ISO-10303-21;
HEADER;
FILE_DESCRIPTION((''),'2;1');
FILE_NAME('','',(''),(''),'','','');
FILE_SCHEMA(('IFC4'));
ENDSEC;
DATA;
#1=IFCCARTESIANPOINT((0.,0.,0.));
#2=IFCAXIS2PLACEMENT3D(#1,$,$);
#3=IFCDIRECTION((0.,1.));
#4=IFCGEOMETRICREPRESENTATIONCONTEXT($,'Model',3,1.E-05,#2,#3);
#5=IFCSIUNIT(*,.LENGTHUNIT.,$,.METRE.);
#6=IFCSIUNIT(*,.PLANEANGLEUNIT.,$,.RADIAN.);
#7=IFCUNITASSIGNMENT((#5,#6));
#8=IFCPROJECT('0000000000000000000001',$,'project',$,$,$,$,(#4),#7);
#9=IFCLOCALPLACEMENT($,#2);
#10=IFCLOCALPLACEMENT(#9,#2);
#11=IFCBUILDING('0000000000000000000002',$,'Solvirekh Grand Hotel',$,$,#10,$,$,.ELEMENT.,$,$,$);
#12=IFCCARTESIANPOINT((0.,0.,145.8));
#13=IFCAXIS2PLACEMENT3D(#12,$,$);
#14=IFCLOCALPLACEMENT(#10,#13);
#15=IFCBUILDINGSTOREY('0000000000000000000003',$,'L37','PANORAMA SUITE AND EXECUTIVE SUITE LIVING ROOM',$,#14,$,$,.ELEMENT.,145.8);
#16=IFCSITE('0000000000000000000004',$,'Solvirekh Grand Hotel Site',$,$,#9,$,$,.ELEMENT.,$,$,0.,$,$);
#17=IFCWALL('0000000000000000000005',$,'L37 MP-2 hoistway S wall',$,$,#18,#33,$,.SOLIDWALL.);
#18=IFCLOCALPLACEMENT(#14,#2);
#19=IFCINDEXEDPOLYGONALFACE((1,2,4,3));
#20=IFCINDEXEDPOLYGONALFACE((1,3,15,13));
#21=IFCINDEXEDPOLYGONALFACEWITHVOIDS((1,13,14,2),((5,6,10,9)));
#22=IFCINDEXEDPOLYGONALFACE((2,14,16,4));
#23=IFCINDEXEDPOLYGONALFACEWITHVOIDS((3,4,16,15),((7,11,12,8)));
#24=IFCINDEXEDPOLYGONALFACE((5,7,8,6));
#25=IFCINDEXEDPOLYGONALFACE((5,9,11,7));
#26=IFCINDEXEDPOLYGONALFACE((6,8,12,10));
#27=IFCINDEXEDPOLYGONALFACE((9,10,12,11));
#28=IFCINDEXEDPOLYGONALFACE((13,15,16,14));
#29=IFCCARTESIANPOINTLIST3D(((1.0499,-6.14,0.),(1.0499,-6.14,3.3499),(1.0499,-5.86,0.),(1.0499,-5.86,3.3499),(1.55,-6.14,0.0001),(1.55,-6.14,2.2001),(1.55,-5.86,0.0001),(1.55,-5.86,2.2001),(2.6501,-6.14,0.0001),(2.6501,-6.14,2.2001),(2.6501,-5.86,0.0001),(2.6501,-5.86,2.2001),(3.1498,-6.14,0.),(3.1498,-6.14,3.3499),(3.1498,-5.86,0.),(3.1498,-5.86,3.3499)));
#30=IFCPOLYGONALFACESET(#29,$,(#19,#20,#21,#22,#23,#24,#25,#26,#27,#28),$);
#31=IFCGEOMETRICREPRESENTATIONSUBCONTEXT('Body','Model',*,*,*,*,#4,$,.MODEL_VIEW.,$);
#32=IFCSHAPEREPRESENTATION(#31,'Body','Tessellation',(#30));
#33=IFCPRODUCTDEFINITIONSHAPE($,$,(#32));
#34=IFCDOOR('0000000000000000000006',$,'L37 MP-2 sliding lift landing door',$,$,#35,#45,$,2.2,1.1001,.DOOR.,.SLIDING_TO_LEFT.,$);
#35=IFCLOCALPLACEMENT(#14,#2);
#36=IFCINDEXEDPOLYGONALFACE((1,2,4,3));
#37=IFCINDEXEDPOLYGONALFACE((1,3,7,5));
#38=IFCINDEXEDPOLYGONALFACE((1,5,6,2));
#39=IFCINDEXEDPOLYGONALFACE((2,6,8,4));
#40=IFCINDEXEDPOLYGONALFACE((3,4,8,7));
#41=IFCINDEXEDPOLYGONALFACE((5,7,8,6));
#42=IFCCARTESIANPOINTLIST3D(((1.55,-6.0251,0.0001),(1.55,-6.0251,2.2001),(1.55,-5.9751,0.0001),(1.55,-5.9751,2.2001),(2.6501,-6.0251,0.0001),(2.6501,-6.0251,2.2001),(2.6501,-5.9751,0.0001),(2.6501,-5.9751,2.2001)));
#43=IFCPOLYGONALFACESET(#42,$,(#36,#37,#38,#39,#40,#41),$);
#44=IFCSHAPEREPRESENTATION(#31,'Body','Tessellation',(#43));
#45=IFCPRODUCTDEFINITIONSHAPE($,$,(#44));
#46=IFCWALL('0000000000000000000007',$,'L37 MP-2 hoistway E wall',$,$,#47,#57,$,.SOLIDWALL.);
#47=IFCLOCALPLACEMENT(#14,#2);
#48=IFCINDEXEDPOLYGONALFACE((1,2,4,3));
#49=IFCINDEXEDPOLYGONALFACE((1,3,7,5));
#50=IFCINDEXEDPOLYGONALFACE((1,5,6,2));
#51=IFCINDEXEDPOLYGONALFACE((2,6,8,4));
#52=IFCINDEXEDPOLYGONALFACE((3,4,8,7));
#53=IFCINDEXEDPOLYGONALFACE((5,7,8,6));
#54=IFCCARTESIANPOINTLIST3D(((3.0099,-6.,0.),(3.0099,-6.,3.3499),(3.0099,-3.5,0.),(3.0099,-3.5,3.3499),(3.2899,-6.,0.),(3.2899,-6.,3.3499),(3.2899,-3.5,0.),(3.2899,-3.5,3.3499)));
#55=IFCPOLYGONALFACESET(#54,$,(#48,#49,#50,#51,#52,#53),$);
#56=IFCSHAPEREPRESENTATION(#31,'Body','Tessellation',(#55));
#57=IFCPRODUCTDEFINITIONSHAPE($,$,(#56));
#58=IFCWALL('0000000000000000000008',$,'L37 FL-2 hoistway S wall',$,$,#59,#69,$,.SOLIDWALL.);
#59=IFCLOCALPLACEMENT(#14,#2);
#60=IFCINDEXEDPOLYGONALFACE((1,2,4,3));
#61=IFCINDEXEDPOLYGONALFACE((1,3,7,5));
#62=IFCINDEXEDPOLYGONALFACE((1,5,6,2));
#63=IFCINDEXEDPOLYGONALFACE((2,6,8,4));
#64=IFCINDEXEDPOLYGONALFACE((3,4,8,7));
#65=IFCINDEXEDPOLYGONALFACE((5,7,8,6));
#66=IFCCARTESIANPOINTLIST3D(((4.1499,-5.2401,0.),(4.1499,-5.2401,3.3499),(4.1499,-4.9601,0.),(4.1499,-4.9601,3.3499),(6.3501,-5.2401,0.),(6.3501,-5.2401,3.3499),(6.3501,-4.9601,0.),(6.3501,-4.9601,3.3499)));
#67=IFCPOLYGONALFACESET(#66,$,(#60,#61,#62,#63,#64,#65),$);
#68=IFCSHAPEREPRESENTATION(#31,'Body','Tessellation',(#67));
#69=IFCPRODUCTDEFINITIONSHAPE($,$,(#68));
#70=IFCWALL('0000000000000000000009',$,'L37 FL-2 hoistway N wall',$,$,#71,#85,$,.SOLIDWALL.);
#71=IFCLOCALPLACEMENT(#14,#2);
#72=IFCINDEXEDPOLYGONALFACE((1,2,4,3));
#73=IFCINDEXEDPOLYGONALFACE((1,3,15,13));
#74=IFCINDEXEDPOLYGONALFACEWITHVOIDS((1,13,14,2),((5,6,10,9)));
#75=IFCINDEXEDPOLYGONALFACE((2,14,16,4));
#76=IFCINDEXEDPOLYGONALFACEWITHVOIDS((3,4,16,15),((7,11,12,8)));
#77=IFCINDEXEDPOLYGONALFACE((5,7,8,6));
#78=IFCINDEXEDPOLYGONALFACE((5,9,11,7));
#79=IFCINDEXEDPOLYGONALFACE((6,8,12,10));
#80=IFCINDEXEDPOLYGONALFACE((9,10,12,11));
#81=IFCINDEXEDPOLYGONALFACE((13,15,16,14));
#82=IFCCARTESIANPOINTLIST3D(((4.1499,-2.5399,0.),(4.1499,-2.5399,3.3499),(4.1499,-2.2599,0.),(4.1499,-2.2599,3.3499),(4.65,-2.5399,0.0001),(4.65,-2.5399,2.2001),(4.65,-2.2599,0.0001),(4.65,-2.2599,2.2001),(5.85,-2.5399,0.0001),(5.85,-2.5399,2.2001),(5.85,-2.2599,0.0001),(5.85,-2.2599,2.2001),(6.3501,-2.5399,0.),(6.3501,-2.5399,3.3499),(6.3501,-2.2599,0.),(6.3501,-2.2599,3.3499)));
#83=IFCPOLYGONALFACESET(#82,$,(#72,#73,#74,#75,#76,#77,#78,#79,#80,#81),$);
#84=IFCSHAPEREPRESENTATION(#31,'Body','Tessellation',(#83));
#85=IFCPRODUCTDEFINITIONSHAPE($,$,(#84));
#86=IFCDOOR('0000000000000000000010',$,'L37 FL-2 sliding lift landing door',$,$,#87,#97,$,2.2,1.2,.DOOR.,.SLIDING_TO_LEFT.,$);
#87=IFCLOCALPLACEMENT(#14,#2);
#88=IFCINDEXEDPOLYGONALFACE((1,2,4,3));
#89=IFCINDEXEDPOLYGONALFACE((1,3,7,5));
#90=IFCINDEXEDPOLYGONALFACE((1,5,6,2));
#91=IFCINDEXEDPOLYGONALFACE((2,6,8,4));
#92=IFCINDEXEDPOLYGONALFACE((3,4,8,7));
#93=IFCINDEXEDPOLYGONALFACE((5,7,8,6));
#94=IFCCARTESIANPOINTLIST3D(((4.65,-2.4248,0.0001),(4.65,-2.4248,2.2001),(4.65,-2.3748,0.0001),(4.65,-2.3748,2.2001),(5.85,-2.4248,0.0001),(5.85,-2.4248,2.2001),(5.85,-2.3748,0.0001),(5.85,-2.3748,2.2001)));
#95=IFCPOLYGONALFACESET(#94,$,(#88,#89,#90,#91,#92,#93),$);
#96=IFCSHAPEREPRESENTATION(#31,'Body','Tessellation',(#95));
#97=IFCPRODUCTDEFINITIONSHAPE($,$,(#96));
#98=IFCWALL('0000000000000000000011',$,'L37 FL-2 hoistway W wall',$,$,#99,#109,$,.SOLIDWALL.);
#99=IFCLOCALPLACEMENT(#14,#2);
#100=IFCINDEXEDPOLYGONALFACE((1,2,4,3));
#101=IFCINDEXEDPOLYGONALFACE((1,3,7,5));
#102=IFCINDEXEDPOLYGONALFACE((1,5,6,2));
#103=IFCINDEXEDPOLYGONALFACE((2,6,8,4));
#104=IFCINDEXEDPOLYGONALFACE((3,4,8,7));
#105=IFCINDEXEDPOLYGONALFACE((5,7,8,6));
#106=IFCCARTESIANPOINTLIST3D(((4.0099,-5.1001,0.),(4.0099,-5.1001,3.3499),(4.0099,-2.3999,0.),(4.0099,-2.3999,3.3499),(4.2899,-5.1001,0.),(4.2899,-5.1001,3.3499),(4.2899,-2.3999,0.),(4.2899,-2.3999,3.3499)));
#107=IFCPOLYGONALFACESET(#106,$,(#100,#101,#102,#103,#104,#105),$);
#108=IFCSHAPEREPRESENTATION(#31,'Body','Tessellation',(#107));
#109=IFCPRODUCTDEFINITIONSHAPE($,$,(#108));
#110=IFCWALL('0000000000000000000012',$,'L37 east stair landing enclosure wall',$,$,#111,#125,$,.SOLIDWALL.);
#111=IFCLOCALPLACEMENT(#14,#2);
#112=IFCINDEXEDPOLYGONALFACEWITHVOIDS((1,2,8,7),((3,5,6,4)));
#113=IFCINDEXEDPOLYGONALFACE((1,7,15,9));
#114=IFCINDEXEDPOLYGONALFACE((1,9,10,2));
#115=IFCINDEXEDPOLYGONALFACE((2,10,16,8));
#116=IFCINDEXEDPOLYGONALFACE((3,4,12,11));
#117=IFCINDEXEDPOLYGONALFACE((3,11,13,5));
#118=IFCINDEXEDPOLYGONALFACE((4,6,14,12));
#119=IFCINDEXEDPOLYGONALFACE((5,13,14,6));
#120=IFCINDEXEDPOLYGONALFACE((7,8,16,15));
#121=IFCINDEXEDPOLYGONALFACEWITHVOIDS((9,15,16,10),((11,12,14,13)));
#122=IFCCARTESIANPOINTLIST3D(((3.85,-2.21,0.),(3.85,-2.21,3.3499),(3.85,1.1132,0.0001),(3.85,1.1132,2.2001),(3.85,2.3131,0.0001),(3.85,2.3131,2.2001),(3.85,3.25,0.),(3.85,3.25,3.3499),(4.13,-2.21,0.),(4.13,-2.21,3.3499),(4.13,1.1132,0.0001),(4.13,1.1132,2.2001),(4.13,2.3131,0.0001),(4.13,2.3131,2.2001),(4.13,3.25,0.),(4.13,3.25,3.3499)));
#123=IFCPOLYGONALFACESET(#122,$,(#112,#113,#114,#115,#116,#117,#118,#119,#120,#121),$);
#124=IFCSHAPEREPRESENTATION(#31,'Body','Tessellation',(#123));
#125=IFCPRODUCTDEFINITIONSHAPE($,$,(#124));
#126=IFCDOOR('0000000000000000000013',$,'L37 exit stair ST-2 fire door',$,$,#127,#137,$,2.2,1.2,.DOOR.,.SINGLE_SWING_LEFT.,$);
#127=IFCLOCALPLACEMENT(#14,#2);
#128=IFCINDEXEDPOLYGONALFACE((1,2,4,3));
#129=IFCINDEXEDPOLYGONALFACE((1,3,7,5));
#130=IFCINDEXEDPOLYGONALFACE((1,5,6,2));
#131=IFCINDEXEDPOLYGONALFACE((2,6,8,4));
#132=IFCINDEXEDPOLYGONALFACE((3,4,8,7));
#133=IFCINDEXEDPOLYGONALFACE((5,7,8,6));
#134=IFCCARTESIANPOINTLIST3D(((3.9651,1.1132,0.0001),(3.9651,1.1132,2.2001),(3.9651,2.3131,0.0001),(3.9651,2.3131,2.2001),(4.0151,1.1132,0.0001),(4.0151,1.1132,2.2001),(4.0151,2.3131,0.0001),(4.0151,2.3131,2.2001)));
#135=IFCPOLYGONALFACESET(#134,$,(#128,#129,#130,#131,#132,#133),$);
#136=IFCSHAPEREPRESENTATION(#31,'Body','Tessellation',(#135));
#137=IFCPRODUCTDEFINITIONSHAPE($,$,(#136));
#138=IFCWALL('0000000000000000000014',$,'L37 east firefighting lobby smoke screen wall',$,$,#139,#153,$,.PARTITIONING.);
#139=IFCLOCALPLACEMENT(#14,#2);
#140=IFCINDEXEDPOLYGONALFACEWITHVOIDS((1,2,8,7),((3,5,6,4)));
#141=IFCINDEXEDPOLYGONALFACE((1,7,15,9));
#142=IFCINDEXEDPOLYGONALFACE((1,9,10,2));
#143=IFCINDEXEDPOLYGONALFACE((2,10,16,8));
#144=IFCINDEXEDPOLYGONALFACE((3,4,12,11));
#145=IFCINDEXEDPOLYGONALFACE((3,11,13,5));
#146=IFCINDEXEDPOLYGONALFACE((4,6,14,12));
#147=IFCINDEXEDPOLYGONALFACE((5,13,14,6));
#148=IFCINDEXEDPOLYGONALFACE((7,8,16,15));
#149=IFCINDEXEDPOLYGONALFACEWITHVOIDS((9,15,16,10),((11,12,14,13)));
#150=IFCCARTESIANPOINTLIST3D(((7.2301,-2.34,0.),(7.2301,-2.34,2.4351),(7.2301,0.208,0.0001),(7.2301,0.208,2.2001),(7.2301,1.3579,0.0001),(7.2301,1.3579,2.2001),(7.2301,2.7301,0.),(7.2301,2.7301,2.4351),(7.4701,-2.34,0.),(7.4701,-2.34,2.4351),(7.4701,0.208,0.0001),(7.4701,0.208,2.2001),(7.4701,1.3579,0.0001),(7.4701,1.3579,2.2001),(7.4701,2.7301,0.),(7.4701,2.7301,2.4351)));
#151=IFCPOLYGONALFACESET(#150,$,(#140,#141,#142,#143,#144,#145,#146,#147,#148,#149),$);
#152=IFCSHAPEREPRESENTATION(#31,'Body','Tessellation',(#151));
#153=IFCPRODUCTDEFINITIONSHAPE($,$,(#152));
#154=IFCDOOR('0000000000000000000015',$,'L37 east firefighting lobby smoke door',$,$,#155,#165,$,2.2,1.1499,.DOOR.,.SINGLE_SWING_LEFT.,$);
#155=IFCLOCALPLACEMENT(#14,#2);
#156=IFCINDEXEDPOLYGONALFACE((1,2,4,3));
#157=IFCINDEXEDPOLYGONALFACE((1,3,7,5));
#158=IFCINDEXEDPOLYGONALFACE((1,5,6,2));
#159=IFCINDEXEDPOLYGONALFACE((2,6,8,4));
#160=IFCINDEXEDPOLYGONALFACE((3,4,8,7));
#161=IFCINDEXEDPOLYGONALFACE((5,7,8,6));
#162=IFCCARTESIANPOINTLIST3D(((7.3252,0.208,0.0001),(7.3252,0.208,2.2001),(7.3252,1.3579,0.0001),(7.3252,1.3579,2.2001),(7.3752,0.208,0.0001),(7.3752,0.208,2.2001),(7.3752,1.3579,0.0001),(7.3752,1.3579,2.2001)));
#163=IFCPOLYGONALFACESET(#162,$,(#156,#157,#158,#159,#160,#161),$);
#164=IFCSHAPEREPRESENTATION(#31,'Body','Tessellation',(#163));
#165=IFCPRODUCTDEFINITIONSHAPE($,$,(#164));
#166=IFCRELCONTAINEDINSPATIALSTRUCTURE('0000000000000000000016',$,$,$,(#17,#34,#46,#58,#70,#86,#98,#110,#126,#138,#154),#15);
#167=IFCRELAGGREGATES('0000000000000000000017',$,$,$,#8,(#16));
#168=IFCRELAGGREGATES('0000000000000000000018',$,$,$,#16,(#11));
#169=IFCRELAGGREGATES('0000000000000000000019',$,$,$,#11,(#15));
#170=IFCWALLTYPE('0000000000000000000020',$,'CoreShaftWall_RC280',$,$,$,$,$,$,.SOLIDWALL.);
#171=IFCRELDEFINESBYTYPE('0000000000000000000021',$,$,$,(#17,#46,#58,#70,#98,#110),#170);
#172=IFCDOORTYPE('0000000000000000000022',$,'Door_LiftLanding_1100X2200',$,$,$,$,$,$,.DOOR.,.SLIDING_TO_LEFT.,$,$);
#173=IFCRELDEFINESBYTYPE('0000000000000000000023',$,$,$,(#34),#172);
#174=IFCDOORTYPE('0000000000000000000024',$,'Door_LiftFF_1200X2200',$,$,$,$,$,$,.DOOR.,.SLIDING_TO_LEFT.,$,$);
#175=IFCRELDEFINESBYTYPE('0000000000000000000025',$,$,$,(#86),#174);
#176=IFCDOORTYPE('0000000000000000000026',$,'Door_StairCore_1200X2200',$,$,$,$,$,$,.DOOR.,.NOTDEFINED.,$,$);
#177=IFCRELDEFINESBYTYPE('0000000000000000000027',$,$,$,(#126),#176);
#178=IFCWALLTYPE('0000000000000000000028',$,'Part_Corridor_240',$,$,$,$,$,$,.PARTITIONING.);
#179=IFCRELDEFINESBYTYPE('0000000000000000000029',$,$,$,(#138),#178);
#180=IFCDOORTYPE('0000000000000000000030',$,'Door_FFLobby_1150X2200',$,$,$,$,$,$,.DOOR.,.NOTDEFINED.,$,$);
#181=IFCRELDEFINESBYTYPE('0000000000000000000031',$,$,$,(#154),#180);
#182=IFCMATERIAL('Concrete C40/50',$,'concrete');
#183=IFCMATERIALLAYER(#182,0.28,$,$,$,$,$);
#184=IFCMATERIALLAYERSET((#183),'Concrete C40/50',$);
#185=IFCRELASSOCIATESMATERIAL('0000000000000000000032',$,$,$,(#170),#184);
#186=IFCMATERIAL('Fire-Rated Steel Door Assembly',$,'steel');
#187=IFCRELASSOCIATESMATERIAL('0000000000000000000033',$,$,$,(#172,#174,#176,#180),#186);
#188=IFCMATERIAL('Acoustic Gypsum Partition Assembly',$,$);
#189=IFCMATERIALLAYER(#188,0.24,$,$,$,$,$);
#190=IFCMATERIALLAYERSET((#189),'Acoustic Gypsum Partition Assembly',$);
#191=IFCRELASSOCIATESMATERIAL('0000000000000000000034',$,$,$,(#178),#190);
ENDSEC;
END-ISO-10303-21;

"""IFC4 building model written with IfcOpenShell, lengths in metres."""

from ifc_helpers import new_model, si_unit, direction, frame, frame_2d, origin, place, context, subcontext, project, spatial, rectangle, extrude, material, layer, layer_set, type_object, element, fill, save


model = new_model("IFC4")

# Units and contexts
model_context = context("Model", 3, precision=1e-05, world=origin(), true_north=direction((0.0, 1.0)))
body_context = subcontext(model_context, "Body", "Model", "MODEL_VIEW")
ifc_project = project(units=[si_unit("LENGTHUNIT", "METRE"), si_unit("PLANEANGLEUNIT", "RADIAN")], contexts=[model_context])

# Site, building, storey
site_placement = place(None, origin())
site = spatial("IfcSite", under=ifc_project, at=site_placement, Name="Solvirekh Grand Hotel Site", CompositionType="ELEMENT", RefElevation=0.0)
building_placement = place(site_placement, origin())
building = spatial("IfcBuilding", under=site, at=building_placement, Name="Solvirekh Grand Hotel", CompositionType="ELEMENT")
storey_placement = place(building_placement, frame((0.0, 0.0, 145.8)))
storey = spatial("IfcBuildingStorey", under=building, at=storey_placement, Name="L37", Description="PANORAMA SUITE AND EXECUTIVE SUITE LIVING ROOM", CompositionType="ELEMENT", Elevation=145.8)

# Shared definitions
ifc_material_1 = material(Name="Concrete C40/50", Category="concrete")
ifc_layer_1 = layer(ifc_material_1, 0.28)
ifc_layer_set_1 = layer_set([ifc_layer_1], Name="Concrete C40/50")
wall_type_1 = type_object("IfcWallType", Name="CoreShaftWall_RC280", PredefinedType="SOLIDWALL", material=ifc_layer_set_1)

# Wall, opening, door
wall_1_placement = place(storey_placement, frame((1.05, -6.0, 0.0), z_axis=(0.0, 0.0, 1.0), x_axis=(1.0, 0.0, 0.0)))
wall_1 = element("IfcWall", 1, at=wall_1_placement, inside=storey, type_object=wall_type_1, Name="L37 MP-2 hoistway S wall", PredefinedType="SOLIDWALL", context=body_context, shape_type="SweptSolid", body=[
    extrude(rectangle(XDim=2.0999, YDim=0.28, at=frame_2d((1.0498, 0.0))), origin(), (0.0, 0.0, 1.0), 3.3499),
])
opening_1_placement = place(wall_1_placement, frame((0.5, 0.0, 0.0)))
opening_1 = element("IfcOpeningElement", 2, at=opening_1_placement, cuts=wall_1, PredefinedType="OPENING", context=body_context, shape_type="SweptSolid", body=[
    extrude(rectangle(XDim=1.1001, YDim=2.2, at=frame_2d((0.55, 1.1001))), frame((0.0, 0.1499, 0.0), z_axis=(0.0, -1.0, 0.0), x_axis=(1.0, 0.0, 0.0)), (0.0, 0.0, 1.0), 0.3),
])
ifc_material_2 = material(Name="Fire-Rated Steel Door Assembly", Category="steel")
door_type_1 = type_object("IfcDoorType", Name="Door_LiftLanding_1100X2200", OperationType="SLIDING_TO_LEFT", PredefinedType="DOOR", material=ifc_material_2)
door_1_placement = place(opening_1_placement, origin())
door_1 = element("IfcDoor", 3, at=door_1_placement, inside=storey, type_object=door_type_1, Name="L37 MP-2 sliding lift landing door", OperationType="SLIDING_TO_LEFT", OverallHeight=2.2, OverallWidth=1.1001, PredefinedType="DOOR", context=body_context, shape_type="SweptSolid", body=[
    extrude(rectangle(XDim=1.1001, YDim=2.2, at=frame_2d((0.55, 1.1001))), frame((0.0, 0.0249, 0.0), z_axis=(0.0, -1.0, 0.0), x_axis=(1.0, 0.0, 0.0)), (0.0, 0.0, 1.0), 0.05),
])
fill(opening_1, door_1)

# Walls
wall_2_placement = place(storey_placement, frame((3.1499, -6.0, 0.0), z_axis=(0.0, 0.0, 1.0), x_axis=(0.0, 1.0, 0.0)))
element("IfcWall", 4, at=wall_2_placement, inside=storey, type_object=wall_type_1, Name="L37 MP-2 hoistway E wall", PredefinedType="SOLIDWALL", context=body_context, shape_type="SweptSolid", body=[
    extrude(rectangle(XDim=2.5, YDim=0.28, at=frame_2d((1.25, 0.0))), origin(), (0.0, 0.0, 1.0), 3.3499),
])
wall_3_placement = place(storey_placement, frame((4.1499, -5.1001, 0.0), z_axis=(0.0, 0.0, 1.0), x_axis=(1.0, 0.0, 0.0)))
element("IfcWall", 5, at=wall_3_placement, inside=storey, type_object=wall_type_1, Name="L37 FL-2 hoistway S wall", PredefinedType="SOLIDWALL", context=body_context, shape_type="SweptSolid", body=[
    extrude(rectangle(XDim=2.2002, YDim=0.28, at=frame_2d((1.1001, 0.0))), origin(), (0.0, 0.0, 1.0), 3.3499),
])

# Wall, opening, door
wall_4_placement = place(storey_placement, frame((6.3501, -2.3999, 0.0), z_axis=(0.0, 0.0, 1.0), x_axis=(-1.0, 0.0, 0.0)))
wall_4 = element("IfcWall", 6, at=wall_4_placement, inside=storey, type_object=wall_type_1, Name="L37 FL-2 hoistway N wall", PredefinedType="SOLIDWALL", context=body_context, shape_type="SweptSolid", body=[
    extrude(rectangle(XDim=2.2002, YDim=0.28, at=frame_2d((1.1001, 0.0))), origin(), (0.0, 0.0, 1.0), 3.3499),
])
opening_2_placement = place(wall_4_placement, frame((0.5, 0.0, 0.0)))
opening_2 = element("IfcOpeningElement", 7, at=opening_2_placement, cuts=wall_4, PredefinedType="OPENING", context=body_context, shape_type="SweptSolid", body=[
    extrude(rectangle(XDim=1.2, YDim=2.2, at=frame_2d((0.6001, 1.1001))), frame((0.0, 0.1499, 0.0), z_axis=(0.0, -1.0, 0.0), x_axis=(1.0, 0.0, 0.0)), (0.0, 0.0, 1.0), 0.3),
])
door_type_2 = type_object("IfcDoorType", Name="Door_LiftFF_1200X2200", OperationType="SLIDING_TO_LEFT", PredefinedType="DOOR", material=ifc_material_2)
door_2_placement = place(opening_2_placement, origin())
door_2 = element("IfcDoor", 8, at=door_2_placement, inside=storey, type_object=door_type_2, Name="L37 FL-2 sliding lift landing door", OperationType="SLIDING_TO_LEFT", OverallHeight=2.2, OverallWidth=1.2, PredefinedType="DOOR", context=body_context, shape_type="SweptSolid", body=[
    extrude(rectangle(XDim=1.2, YDim=2.2, at=frame_2d((0.6001, 1.1001))), frame((0.0, 0.0249, 0.0), z_axis=(0.0, -1.0, 0.0), x_axis=(1.0, 0.0, 0.0)), (0.0, 0.0, 1.0), 0.05),
])
fill(opening_2, door_2)

# Wall
wall_5_placement = place(storey_placement, frame((4.1499, -2.3999, 0.0), z_axis=(0.0, 0.0, 1.0), x_axis=(0.0, -1.0, 0.0)))
element("IfcWall", 9, at=wall_5_placement, inside=storey, type_object=wall_type_1, Name="L37 FL-2 hoistway W wall", PredefinedType="SOLIDWALL", context=body_context, shape_type="SweptSolid", body=[
    extrude(rectangle(XDim=2.7002, YDim=0.28, at=frame_2d((1.3501, 0.0))), origin(), (0.0, 0.0, 1.0), 3.3499),
])

# Walls, openings, doors
wall_6_placement = place(storey_placement, frame((3.99, -2.21, 0.0), z_axis=(0.0, 0.0, 1.0), x_axis=(0.0, 1.0, 0.0)))
wall_6 = element("IfcWall", 10, at=wall_6_placement, inside=storey, type_object=wall_type_1, Name="L37 east stair landing enclosure wall", PredefinedType="SOLIDWALL", context=body_context, shape_type="SweptSolid", body=[
    extrude(rectangle(XDim=5.46, YDim=0.28, at=frame_2d((2.73, 0.0))), origin(), (0.0, 0.0, 1.0), 3.3499),
])
opening_3_placement = place(wall_6_placement, frame((3.323, 0.0, 0.0)))
opening_3 = element("IfcOpeningElement", 11, at=opening_3_placement, cuts=wall_6, PredefinedType="OPENING", context=body_context, shape_type="SweptSolid", body=[
    extrude(rectangle(XDim=1.2, YDim=2.2, at=frame_2d((0.6001, 1.1001))), frame((0.0, 0.1499, 0.0), z_axis=(0.0, -1.0, 0.0), x_axis=(1.0, 0.0, 0.0)), (0.0, 0.0, 1.0), 0.3),
])
door_type_3 = type_object("IfcDoorType", Name="Door_StairCore_1200X2200", OperationType="NOTDEFINED", PredefinedType="DOOR", material=ifc_material_2)
door_3_placement = place(opening_3_placement, origin())
door_3 = element("IfcDoor", 12, at=door_3_placement, inside=storey, type_object=door_type_3, Name="L37 exit stair ST-2 fire door", OperationType="SINGLE_SWING_LEFT", OverallHeight=2.2, OverallWidth=1.2, PredefinedType="DOOR", context=body_context, shape_type="SweptSolid", body=[
    extrude(rectangle(XDim=1.2, YDim=2.2, at=frame_2d((0.6001, 1.1001))), frame((0.0, 0.0249, 0.0), z_axis=(0.0, -1.0, 0.0), x_axis=(1.0, 0.0, 0.0)), (0.0, 0.0, 1.0), 0.05),
])
fill(opening_3, door_3)
ifc_material_3 = material(Name="Acoustic Gypsum Partition Assembly")
ifc_layer_2 = layer(ifc_material_3, 0.24)
ifc_layer_set_2 = layer_set([ifc_layer_2], Name="Acoustic Gypsum Partition Assembly")
wall_type_2 = type_object("IfcWallType", Name="Part_Corridor_240", PredefinedType="PARTITIONING", material=ifc_layer_set_2)
wall_7_placement = place(storey_placement, frame((7.3501, -2.3401, 0.0), z_axis=(0.0, 0.0, 1.0), x_axis=(0.0, 1.0, 0.0)))
wall_7 = element("IfcWall", 13, at=wall_7_placement, inside=storey, type_object=wall_type_2, Name="L37 east firefighting lobby smoke screen wall", PredefinedType="PARTITIONING", context=body_context, shape_type="SweptSolid", body=[
    extrude(rectangle(XDim=5.0701, YDim=0.24, at=frame_2d((2.5352, 0.0))), origin(), (0.0, 0.0, 1.0), 2.4351),
])
opening_4_placement = place(wall_7_placement, frame((2.5481, 0.0, 0.0)))
opening_4 = element("IfcOpeningElement", 14, at=opening_4_placement, cuts=wall_7, PredefinedType="OPENING", context=body_context, shape_type="SweptSolid", body=[
    extrude(rectangle(XDim=1.1499, YDim=2.2, at=frame_2d((0.575, 1.1001))), frame((0.0, 0.1299, 0.0), z_axis=(0.0, -1.0, 0.0), x_axis=(1.0, 0.0, 0.0)), (0.0, 0.0, 1.0), 0.26),
])
door_type_4 = type_object("IfcDoorType", Name="Door_FFLobby_1150X2200", OperationType="NOTDEFINED", PredefinedType="DOOR", material=ifc_material_2)
door_4_placement = place(opening_4_placement, origin())
door_4 = element("IfcDoor", 15, at=door_4_placement, inside=storey, type_object=door_type_4, Name="L37 east firefighting lobby smoke door", OperationType="SINGLE_SWING_LEFT", OverallHeight=2.2, OverallWidth=1.1499, PredefinedType="DOOR", context=body_context, shape_type="SweptSolid", body=[
    extrude(rectangle(XDim=1.1499, YDim=2.2, at=frame_2d((0.575, 1.1001))), frame((0.0, 0.0249, 0.0), z_axis=(0.0, -1.0, 0.0), x_axis=(1.0, 0.0, 0.0)), (0.0, 0.0, 1.0), 0.05),
])
fill(opening_4, door_4)

save(model, "model.ifc")
